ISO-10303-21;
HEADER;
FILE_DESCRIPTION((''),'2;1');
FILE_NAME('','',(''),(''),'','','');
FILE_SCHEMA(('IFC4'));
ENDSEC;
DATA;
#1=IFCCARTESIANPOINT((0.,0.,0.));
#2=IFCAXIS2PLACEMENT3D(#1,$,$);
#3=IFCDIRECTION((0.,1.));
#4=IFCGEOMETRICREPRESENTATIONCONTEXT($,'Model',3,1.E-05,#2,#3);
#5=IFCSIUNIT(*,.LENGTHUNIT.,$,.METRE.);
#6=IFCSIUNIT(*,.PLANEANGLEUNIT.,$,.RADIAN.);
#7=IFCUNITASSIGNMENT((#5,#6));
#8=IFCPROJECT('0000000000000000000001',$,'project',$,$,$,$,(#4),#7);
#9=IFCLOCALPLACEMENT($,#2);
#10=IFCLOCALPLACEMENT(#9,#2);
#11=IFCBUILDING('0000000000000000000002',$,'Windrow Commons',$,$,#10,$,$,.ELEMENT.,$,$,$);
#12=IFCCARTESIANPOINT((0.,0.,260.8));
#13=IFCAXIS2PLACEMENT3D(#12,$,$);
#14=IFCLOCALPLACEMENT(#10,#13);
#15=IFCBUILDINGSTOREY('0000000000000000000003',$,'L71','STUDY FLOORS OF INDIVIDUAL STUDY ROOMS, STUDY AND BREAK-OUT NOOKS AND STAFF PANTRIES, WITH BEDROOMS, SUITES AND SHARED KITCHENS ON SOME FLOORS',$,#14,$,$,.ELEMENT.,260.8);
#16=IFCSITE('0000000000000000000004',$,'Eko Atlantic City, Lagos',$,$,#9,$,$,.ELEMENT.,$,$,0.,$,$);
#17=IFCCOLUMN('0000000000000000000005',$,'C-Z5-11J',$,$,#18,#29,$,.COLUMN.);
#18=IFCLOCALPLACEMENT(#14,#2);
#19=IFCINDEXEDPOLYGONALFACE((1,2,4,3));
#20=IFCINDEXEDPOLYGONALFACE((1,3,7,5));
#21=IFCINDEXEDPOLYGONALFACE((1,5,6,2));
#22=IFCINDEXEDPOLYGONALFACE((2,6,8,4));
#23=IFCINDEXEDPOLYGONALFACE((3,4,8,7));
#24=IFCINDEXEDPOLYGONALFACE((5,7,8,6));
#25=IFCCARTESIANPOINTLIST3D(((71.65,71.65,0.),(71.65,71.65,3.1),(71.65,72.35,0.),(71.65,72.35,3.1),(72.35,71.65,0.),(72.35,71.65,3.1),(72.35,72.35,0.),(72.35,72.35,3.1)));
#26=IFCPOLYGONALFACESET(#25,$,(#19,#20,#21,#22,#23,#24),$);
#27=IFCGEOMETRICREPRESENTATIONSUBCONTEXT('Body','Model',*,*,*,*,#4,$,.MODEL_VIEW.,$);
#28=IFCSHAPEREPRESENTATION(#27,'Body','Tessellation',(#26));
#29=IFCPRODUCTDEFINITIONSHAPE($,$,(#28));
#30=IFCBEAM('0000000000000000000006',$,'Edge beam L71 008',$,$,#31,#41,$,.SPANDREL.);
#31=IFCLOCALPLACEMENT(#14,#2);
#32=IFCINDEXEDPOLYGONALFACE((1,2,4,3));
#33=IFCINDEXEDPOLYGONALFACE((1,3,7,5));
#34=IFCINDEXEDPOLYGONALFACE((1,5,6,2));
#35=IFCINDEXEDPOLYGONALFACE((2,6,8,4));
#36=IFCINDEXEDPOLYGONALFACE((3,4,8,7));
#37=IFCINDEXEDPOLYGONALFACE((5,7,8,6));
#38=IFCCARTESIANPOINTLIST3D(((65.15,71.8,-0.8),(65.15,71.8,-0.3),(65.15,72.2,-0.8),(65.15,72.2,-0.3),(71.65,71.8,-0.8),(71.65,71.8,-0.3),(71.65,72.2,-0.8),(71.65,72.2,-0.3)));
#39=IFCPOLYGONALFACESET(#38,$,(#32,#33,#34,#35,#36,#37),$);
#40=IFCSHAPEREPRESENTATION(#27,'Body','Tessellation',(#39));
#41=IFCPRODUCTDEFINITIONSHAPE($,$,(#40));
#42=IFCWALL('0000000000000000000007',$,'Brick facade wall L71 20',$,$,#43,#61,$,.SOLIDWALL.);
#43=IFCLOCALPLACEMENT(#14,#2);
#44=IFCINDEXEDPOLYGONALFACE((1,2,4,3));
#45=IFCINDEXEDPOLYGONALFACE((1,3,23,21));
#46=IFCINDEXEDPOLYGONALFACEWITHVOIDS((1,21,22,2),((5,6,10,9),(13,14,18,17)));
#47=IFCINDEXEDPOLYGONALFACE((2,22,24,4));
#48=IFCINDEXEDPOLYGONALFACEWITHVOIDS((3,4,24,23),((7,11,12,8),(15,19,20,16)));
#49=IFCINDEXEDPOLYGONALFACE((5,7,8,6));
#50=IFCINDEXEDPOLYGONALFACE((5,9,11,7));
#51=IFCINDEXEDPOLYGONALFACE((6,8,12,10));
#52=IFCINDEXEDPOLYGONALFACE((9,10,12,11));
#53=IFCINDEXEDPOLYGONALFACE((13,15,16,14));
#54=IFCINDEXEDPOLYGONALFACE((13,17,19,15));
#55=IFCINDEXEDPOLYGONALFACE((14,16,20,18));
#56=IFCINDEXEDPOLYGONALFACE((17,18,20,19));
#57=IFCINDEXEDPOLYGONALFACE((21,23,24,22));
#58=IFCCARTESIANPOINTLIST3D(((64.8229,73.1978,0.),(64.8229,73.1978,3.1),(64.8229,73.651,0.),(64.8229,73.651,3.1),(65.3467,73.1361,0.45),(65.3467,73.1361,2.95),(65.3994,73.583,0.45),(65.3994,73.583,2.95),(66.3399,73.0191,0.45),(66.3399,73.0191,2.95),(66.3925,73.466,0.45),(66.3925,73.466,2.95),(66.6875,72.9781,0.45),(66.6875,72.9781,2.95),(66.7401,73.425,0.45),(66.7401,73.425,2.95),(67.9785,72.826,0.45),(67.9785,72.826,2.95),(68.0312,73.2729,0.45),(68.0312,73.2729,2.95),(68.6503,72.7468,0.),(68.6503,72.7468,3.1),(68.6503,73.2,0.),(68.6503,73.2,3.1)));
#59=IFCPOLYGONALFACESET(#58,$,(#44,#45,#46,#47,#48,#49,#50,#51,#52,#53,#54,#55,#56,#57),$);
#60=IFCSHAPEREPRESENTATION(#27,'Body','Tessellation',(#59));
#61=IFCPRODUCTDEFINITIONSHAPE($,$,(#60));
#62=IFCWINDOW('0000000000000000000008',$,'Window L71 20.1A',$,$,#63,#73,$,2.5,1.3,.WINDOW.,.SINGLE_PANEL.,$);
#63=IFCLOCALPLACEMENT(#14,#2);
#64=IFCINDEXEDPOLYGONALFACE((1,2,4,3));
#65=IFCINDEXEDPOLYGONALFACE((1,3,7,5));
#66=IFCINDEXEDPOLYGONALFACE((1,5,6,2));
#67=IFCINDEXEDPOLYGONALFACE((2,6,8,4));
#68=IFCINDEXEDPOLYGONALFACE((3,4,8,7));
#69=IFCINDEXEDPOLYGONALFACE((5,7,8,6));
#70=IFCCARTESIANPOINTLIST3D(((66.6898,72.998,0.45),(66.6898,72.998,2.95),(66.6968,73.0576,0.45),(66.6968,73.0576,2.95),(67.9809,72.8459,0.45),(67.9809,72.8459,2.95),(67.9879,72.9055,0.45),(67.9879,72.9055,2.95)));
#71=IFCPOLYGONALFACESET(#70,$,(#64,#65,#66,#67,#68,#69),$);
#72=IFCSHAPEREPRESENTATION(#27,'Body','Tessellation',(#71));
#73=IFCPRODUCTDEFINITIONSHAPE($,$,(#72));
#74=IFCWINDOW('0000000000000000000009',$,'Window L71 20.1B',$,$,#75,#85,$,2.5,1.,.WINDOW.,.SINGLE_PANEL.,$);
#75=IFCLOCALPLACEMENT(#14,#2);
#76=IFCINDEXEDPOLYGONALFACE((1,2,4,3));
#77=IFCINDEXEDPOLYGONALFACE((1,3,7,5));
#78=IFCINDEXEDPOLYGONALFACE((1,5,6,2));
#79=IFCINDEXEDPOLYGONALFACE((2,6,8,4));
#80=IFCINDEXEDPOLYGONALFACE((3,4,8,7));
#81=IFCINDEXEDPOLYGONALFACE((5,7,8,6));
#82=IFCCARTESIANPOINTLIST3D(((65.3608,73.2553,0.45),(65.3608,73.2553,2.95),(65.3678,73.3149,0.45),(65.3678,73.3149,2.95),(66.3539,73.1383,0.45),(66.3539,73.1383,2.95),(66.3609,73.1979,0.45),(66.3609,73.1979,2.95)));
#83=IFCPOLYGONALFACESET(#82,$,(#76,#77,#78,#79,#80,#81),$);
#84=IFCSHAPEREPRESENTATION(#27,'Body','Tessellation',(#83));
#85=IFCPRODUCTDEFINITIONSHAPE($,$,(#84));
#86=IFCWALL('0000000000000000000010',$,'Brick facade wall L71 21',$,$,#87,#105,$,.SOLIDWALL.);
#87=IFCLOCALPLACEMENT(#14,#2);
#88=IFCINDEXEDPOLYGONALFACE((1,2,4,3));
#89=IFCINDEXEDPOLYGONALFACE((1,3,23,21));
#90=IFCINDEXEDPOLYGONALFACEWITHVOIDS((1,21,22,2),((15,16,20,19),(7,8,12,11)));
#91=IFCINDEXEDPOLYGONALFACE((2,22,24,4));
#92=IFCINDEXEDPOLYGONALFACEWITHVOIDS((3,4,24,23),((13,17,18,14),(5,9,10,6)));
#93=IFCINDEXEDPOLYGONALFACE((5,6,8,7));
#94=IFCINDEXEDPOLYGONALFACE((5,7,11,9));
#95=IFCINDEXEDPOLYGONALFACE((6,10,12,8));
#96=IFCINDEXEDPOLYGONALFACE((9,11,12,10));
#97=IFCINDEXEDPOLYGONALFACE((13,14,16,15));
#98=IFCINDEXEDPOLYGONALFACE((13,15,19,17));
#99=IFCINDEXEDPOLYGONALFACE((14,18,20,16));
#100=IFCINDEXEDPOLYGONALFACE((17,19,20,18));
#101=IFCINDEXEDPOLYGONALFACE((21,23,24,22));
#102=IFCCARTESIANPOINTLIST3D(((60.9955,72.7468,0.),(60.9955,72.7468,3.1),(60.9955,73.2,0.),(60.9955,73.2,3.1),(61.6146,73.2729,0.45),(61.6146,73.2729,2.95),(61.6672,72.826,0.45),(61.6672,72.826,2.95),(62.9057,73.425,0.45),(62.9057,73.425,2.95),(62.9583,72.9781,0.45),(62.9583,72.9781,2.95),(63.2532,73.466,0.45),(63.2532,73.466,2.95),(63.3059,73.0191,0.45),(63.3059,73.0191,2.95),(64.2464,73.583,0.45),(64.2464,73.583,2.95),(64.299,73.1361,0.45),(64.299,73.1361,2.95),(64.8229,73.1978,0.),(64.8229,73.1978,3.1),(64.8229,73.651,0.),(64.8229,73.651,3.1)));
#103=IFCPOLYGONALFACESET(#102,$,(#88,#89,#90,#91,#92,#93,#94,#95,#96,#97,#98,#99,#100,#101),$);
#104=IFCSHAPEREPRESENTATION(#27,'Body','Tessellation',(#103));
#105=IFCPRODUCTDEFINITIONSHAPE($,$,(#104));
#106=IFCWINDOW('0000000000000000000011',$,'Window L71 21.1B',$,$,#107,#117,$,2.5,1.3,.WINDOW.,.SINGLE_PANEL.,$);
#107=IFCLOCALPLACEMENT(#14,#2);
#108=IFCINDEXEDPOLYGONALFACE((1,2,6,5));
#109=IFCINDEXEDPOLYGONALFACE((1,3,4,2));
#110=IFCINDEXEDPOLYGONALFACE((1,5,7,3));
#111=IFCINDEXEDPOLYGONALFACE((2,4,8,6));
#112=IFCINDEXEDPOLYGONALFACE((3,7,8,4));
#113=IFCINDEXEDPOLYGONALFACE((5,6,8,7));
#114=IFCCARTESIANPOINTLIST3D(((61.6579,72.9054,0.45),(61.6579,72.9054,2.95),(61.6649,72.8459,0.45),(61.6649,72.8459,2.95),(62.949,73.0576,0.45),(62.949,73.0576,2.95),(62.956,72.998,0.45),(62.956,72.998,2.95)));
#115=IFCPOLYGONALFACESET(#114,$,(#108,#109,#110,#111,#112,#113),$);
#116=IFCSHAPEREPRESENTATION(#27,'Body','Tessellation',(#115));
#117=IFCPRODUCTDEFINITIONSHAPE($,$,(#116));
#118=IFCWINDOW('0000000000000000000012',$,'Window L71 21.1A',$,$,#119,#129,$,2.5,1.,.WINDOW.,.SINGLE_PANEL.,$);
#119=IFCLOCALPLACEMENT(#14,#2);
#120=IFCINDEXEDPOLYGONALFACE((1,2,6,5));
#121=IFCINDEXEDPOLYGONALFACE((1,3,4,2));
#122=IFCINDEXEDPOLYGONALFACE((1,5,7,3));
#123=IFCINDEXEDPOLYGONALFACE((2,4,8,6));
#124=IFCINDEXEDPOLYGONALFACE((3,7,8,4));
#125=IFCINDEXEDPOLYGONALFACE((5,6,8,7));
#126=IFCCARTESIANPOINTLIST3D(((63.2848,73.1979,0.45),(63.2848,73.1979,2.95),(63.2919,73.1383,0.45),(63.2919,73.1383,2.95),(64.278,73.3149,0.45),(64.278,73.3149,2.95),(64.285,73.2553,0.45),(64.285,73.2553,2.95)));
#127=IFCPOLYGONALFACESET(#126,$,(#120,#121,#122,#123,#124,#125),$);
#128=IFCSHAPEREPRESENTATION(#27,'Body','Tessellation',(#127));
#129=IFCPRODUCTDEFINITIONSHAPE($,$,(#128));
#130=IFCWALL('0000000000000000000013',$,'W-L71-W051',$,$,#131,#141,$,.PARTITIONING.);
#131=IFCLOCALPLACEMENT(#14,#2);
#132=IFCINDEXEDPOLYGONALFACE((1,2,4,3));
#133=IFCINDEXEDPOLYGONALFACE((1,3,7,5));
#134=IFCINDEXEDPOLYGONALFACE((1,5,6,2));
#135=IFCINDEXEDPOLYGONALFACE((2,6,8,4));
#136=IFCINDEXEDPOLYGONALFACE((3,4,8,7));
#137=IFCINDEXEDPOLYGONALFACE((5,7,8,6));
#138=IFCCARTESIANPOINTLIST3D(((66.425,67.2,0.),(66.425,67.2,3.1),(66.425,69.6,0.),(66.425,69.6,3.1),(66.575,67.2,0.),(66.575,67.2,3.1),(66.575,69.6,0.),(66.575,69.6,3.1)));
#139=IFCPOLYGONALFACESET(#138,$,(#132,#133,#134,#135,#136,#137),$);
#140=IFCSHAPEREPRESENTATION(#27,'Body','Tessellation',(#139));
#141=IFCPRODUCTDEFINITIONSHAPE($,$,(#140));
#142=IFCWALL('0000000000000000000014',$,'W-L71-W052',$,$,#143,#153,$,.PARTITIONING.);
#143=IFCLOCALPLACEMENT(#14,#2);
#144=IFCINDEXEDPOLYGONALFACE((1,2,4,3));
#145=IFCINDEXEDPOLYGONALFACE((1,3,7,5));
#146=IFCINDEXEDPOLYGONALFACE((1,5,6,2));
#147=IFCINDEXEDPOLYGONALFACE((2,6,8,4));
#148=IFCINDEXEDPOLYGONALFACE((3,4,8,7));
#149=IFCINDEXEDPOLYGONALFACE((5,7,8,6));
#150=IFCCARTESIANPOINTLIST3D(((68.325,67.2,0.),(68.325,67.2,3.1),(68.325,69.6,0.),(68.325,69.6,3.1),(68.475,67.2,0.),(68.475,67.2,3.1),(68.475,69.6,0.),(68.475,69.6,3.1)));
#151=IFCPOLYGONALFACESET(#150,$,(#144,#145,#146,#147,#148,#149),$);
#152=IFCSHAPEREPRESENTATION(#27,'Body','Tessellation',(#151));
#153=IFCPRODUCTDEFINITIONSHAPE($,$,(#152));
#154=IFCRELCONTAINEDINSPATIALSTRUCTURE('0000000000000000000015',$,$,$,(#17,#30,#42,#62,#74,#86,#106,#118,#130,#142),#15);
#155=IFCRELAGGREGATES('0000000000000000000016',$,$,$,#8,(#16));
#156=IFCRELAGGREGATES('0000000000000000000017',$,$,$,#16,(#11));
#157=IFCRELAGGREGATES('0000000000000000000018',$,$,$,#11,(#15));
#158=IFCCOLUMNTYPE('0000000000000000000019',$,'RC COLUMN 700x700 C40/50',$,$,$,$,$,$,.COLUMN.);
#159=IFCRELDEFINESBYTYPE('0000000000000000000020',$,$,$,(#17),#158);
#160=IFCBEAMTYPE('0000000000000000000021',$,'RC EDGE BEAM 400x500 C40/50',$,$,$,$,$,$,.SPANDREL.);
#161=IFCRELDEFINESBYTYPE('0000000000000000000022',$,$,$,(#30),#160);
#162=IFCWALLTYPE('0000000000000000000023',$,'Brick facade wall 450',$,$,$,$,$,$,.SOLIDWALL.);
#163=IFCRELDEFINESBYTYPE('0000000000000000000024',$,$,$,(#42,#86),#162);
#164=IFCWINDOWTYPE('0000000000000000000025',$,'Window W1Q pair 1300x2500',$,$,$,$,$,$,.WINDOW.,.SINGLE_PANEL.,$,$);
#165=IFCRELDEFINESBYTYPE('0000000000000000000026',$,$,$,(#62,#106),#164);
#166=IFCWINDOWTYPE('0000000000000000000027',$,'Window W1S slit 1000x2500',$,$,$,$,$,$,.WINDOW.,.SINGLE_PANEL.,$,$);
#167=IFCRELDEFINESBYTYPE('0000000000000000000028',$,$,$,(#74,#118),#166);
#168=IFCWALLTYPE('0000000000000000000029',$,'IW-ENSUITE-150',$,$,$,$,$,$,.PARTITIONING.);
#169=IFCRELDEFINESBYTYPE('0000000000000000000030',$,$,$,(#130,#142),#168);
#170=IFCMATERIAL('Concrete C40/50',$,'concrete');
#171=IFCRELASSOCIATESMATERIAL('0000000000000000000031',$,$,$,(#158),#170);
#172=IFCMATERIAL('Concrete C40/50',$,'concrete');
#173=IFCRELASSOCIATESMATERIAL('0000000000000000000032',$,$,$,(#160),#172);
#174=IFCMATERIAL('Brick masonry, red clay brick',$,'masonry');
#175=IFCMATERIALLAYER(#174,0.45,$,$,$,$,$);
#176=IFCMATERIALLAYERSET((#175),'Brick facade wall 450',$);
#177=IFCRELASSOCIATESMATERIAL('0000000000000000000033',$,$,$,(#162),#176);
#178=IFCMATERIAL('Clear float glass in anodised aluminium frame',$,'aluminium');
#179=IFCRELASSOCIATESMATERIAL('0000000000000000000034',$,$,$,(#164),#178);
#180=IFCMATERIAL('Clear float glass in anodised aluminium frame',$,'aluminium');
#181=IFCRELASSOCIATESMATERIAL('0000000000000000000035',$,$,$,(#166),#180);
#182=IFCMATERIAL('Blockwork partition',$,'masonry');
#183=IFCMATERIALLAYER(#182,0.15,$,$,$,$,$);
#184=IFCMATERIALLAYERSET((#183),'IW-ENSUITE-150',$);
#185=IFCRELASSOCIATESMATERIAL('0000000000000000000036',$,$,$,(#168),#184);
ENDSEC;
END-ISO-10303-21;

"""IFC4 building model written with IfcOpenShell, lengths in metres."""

from ifc_helpers import new_model, si_unit, direction, frame, frame_2d, origin, origin_2d, place, context, subcontext, project, spatial, polyline, rectangle, outline, extrude, material, layer, layer_set, material_profile, profile_set, type_object, element, fill, save


model = new_model("IFC4")

# Units and contexts
model_context = context("Model", 3, precision=1e-05, world=origin(), true_north=direction((0.0, 1.0)))
body_context = subcontext(model_context, "Body", "Model", "MODEL_VIEW")
ifc_project = project(units=[si_unit("LENGTHUNIT", "METRE"), si_unit("PLANEANGLEUNIT", "RADIAN")], contexts=[model_context])

# Site, building, storey
site_placement = place(None, origin())
site = spatial("IfcSite", under=ifc_project, at=site_placement, Name="Eko Atlantic City, Lagos", CompositionType="ELEMENT", RefElevation=0.0)
building_placement = place(site_placement, origin())
building = spatial("IfcBuilding", under=site, at=building_placement, Name="Windrow Commons", CompositionType="ELEMENT")
storey_placement = place(building_placement, frame((0.0, 0.0, 260.8)))
storey = spatial("IfcBuildingStorey", under=building, at=storey_placement, Name="L71", Description="STUDY FLOORS OF INDIVIDUAL STUDY ROOMS, STUDY AND BREAK-OUT NOOKS AND STAFF PANTRIES, WITH BEDROOMS, SUITES AND SHARED KITCHENS ON SOME FLOORS", CompositionType="ELEMENT", Elevation=260.8)

# Column
ifc_material_1 = material(Name="Concrete C40/50", Category="concrete")
ifc_material_profile_1 = material_profile(ifc_material_1, rectangle(XDim=0.7, YDim=0.7, at=origin_2d()))
ifc_profile_set_1 = profile_set([ifc_material_profile_1], Name="Concrete C40/50")
column_type = type_object("IfcColumnType", Name="RC COLUMN 700x700 C40/50", PredefinedType="COLUMN", material=ifc_profile_set_1)
column_placement = place(storey_placement, frame((72.0, 72.0, 0.0), z_axis=(0.0, 0.0, 1.0), x_axis=(1.0, 0.0, 0.0)))
element("IfcColumn", 1, at=column_placement, inside=storey, type_object=column_type, Name="C-Z5-11J", PredefinedType="COLUMN", context=body_context, shape_type="SweptSolid", body=[
    extrude(rectangle(XDim=0.7, YDim=0.7, at=origin_2d()), origin(), (0.0, 0.0, 1.0), 3.1),
])

# Beam
ifc_material_2 = material(Name="Concrete C40/50", Category="concrete")
ifc_material_profile_2 = material_profile(ifc_material_2, rectangle(XDim=0.4, YDim=0.5, at=origin_2d()))
ifc_profile_set_2 = profile_set([ifc_material_profile_2], Name="Concrete C40/50")
beam_type = type_object("IfcBeamType", Name="RC EDGE BEAM 400x500 C40/50", PredefinedType="SPANDREL", material=ifc_profile_set_2)
beam_placement = place(storey_placement, frame((65.15, 72.0, -0.55), z_axis=(1.0, 0.0, 0.0), x_axis=(0.0, 1.0, 0.0)))
element("IfcBeam", 2, at=beam_placement, inside=storey, type_object=beam_type, Name="Edge beam L71 008", PredefinedType="SPANDREL", context=body_context, shape_type="SweptSolid", body=[
    extrude(rectangle(XDim=0.4, YDim=0.5, at=origin_2d()), origin(), (0.0, 0.0, 1.0), 6.5),
])

# Walls, openings, windows
ifc_material_3 = material(Name="Brick masonry, red clay brick", Category="masonry")
ifc_layer_1 = layer(ifc_material_3, 0.45)
ifc_layer_set_1 = layer_set([ifc_layer_1], Name="Brick facade wall 450")
wall_type_1 = type_object("IfcWallType", Name="Brick facade wall 450", PredefinedType="SOLIDWALL", material=ifc_layer_set_1)
wall_1_placement = place(storey_placement, frame((68.6503, 72.9734, 0.0), z_axis=(0.0, 0.0, 1.0), x_axis=(-0.993129, 0.117025, 0.0)))
wall_1 = element("IfcWall", 3, at=wall_1_placement, inside=storey, type_object=wall_type_1, Name="Brick facade wall L71 20", PredefinedType="SOLIDWALL", context=body_context, shape_type="SweptSolid", body=[
    extrude(outline(polyline([(0.0265, -0.225), (3.8804, -0.225), (3.8274, 0.225), (-0.0265, 0.225), (0.0265, -0.225)])), origin(), (0.0, 0.0, 1.0), 3.1),
])
opening_1_placement = place(wall_1_placement, frame((0.6499, 0.0, 0.45)))
opening_1 = element("IfcOpeningElement", 4, at=opening_1_placement, cuts=wall_1, PredefinedType="OPENING", context=body_context, shape_type="SweptSolid", body=[
    extrude(rectangle(XDim=1.3, YDim=2.5, at=frame_2d((0.65, 1.25))), frame((0.0, 0.235, 0.0), z_axis=(0.0, -1.0, 0.0), x_axis=(1.0, 0.0, 0.0)), (0.0, 0.0, 1.0), 0.47),
])
opening_2_placement = place(wall_1_placement, frame((2.2999, 0.0, 0.45)))
opening_2 = element("IfcOpeningElement", 5, at=opening_2_placement, cuts=wall_1, PredefinedType="OPENING", context=body_context, shape_type="SweptSolid", body=[
    extrude(rectangle(XDim=1.0, YDim=2.5, at=frame_2d((0.5, 1.25))), frame((0.0, 0.235, 0.0), z_axis=(0.0, -1.0, 0.0), x_axis=(1.0, 0.0, 0.0)), (0.0, 0.0, 1.0), 0.47),
])
ifc_material_4 = material(Name="Clear float glass in anodised aluminium frame", Category="aluminium")
window_type_1 = type_object("IfcWindowType", Name="Window W1Q pair 1300x2500", PartitioningType="SINGLE_PANEL", PredefinedType="WINDOW", material=ifc_material_4)
window_1_placement = place(opening_1_placement, origin())
window_1 = element("IfcWindow", 6, at=window_1_placement, inside=storey, type_object=window_type_1, Name="Window L71 20.1A", OverallHeight=2.5, OverallWidth=1.3, PartitioningType="SINGLE_PANEL", PredefinedType="WINDOW", context=body_context, shape_type="SweptSolid", body=[
    extrude(rectangle(XDim=1.3, YDim=2.5, at=frame_2d((0.65, 1.25))), frame((0.0, 0.205, 0.0), z_axis=(0.0, -1.0, 0.0), x_axis=(1.0, 0.0, 0.0)), (0.0, 0.0, 1.0), 0.06),
])
fill(opening_1, window_1)
ifc_material_5 = material(Name="Clear float glass in anodised aluminium frame", Category="aluminium")
window_type_2 = type_object("IfcWindowType", Name="Window W1S slit 1000x2500", PartitioningType="SINGLE_PANEL", PredefinedType="WINDOW", material=ifc_material_5)
window_2_placement = place(opening_2_placement, origin())
window_2 = element("IfcWindow", 7, at=window_2_placement, inside=storey, type_object=window_type_2, Name="Window L71 20.1B", OverallHeight=2.5, OverallWidth=1.0, PartitioningType="SINGLE_PANEL", PredefinedType="WINDOW", context=body_context, shape_type="SweptSolid", body=[
    extrude(rectangle(XDim=1.0, YDim=2.5, at=frame_2d((0.5, 1.25))), frame((0.0, 0.105, 0.0), z_axis=(0.0, -1.0, 0.0), x_axis=(1.0, 0.0, 0.0)), (0.0, 0.0, 1.0), 0.06),
])
fill(opening_2, window_2)
wall_2_placement = place(storey_placement, frame((64.8229, 73.4244, 0.0), z_axis=(0.0, 0.0, 1.0), x_axis=(-0.993129, -0.117025, 0.0)))
wall_2 = element("IfcWall", 8, at=wall_2_placement, inside=storey, type_object=wall_type_1, Name="Brick facade wall L71 21", PredefinedType="SOLIDWALL", context=body_context, shape_type="SweptSolid", body=[
    extrude(outline(polyline([(-0.0265, -0.225), (3.8274, -0.225), (3.8804, 0.225), (0.0265, 0.225), (-0.0265, -0.225)])), origin(), (0.0, 0.0, 1.0), 3.1),
])
opening_3_placement = place(wall_2_placement, frame((0.554, 0.0, 0.45)))
opening_3 = element("IfcOpeningElement", 9, at=opening_3_placement, cuts=wall_2, PredefinedType="OPENING", context=body_context, shape_type="SweptSolid", body=[
    extrude(rectangle(XDim=1.0, YDim=2.5, at=frame_2d((0.5, 1.25))), frame((0.0, 0.235, 0.0), z_axis=(0.0, -1.0, 0.0), x_axis=(1.0, 0.0, 0.0)), (0.0, 0.0, 1.0), 0.47),
])
opening_4_placement = place(wall_2_placement, frame((1.904, 0.0, 0.45)))
opening_4 = element("IfcOpeningElement", 10, at=opening_4_placement, cuts=wall_2, PredefinedType="OPENING", context=body_context, shape_type="SweptSolid", body=[
    extrude(rectangle(XDim=1.3, YDim=2.5, at=frame_2d((0.65, 1.25))), frame((0.0, 0.235, 0.0), z_axis=(0.0, -1.0, 0.0), x_axis=(1.0, 0.0, 0.0)), (0.0, 0.0, 1.0), 0.47),
])
window_3_placement = place(opening_4_placement, origin())
window_3 = element("IfcWindow", 11, at=window_3_placement, inside=storey, type_object=window_type_1, Name="Window L71 21.1B", OverallHeight=2.5, OverallWidth=1.3, PartitioningType="SINGLE_PANEL", PredefinedType="WINDOW", context=body_context, shape_type="SweptSolid", body=[
    extrude(rectangle(XDim=1.3, YDim=2.5, at=frame_2d((0.65, 1.25))), frame((0.0, 0.205, 0.0), z_axis=(0.0, -1.0, 0.0), x_axis=(1.0, 0.0, 0.0)), (0.0, 0.0, 1.0), 0.06),
])
fill(opening_4, window_3)
window_4_placement = place(opening_3_placement, origin())
window_4 = element("IfcWindow", 12, at=window_4_placement, inside=storey, type_object=window_type_2, Name="Window L71 21.1A", OverallHeight=2.5, OverallWidth=1.0, PartitioningType="SINGLE_PANEL", PredefinedType="WINDOW", context=body_context, shape_type="SweptSolid", body=[
    extrude(rectangle(XDim=1.0, YDim=2.5, at=frame_2d((0.5, 1.25))), frame((0.0, 0.105, 0.0), z_axis=(0.0, -1.0, 0.0), x_axis=(1.0, 0.0, 0.0)), (0.0, 0.0, 1.0), 0.06),
])
fill(opening_3, window_4)

# Walls
ifc_material_6 = material(Name="Blockwork partition", Category="masonry")
ifc_layer_2 = layer(ifc_material_6, 0.15)
ifc_layer_set_2 = layer_set([ifc_layer_2], Name="IW-ENSUITE-150")
wall_type_2 = type_object("IfcWallType", Name="IW-ENSUITE-150", PredefinedType="PARTITIONING", material=ifc_layer_set_2)
for number, where, z_axis, x_axis, name in (
    (13, (66.5, 67.2, 0.0), (0.0, 0.0, 1.0), (0.0, 1.0, 0.0), "W-L71-W051"),
    (14, (68.4, 67.2, 0.0), (0.0, 0.0, 1.0), (0.0, 1.0, 0.0), "W-L71-W052"),
):
    element("IfcWall", number, at=place(storey_placement, frame(where, z_axis=z_axis, x_axis=x_axis)), inside=storey, type_object=wall_type_2, Name=name, PredefinedType="PARTITIONING", context=body_context, shape_type="SweptSolid", body=[
        extrude(rectangle(XDim=2.4, YDim=0.15, at=frame_2d((1.2, 0.0))), origin(), (0.0, 0.0, 1.0), 3.1),
    ])

save(model, "model.ifc")
